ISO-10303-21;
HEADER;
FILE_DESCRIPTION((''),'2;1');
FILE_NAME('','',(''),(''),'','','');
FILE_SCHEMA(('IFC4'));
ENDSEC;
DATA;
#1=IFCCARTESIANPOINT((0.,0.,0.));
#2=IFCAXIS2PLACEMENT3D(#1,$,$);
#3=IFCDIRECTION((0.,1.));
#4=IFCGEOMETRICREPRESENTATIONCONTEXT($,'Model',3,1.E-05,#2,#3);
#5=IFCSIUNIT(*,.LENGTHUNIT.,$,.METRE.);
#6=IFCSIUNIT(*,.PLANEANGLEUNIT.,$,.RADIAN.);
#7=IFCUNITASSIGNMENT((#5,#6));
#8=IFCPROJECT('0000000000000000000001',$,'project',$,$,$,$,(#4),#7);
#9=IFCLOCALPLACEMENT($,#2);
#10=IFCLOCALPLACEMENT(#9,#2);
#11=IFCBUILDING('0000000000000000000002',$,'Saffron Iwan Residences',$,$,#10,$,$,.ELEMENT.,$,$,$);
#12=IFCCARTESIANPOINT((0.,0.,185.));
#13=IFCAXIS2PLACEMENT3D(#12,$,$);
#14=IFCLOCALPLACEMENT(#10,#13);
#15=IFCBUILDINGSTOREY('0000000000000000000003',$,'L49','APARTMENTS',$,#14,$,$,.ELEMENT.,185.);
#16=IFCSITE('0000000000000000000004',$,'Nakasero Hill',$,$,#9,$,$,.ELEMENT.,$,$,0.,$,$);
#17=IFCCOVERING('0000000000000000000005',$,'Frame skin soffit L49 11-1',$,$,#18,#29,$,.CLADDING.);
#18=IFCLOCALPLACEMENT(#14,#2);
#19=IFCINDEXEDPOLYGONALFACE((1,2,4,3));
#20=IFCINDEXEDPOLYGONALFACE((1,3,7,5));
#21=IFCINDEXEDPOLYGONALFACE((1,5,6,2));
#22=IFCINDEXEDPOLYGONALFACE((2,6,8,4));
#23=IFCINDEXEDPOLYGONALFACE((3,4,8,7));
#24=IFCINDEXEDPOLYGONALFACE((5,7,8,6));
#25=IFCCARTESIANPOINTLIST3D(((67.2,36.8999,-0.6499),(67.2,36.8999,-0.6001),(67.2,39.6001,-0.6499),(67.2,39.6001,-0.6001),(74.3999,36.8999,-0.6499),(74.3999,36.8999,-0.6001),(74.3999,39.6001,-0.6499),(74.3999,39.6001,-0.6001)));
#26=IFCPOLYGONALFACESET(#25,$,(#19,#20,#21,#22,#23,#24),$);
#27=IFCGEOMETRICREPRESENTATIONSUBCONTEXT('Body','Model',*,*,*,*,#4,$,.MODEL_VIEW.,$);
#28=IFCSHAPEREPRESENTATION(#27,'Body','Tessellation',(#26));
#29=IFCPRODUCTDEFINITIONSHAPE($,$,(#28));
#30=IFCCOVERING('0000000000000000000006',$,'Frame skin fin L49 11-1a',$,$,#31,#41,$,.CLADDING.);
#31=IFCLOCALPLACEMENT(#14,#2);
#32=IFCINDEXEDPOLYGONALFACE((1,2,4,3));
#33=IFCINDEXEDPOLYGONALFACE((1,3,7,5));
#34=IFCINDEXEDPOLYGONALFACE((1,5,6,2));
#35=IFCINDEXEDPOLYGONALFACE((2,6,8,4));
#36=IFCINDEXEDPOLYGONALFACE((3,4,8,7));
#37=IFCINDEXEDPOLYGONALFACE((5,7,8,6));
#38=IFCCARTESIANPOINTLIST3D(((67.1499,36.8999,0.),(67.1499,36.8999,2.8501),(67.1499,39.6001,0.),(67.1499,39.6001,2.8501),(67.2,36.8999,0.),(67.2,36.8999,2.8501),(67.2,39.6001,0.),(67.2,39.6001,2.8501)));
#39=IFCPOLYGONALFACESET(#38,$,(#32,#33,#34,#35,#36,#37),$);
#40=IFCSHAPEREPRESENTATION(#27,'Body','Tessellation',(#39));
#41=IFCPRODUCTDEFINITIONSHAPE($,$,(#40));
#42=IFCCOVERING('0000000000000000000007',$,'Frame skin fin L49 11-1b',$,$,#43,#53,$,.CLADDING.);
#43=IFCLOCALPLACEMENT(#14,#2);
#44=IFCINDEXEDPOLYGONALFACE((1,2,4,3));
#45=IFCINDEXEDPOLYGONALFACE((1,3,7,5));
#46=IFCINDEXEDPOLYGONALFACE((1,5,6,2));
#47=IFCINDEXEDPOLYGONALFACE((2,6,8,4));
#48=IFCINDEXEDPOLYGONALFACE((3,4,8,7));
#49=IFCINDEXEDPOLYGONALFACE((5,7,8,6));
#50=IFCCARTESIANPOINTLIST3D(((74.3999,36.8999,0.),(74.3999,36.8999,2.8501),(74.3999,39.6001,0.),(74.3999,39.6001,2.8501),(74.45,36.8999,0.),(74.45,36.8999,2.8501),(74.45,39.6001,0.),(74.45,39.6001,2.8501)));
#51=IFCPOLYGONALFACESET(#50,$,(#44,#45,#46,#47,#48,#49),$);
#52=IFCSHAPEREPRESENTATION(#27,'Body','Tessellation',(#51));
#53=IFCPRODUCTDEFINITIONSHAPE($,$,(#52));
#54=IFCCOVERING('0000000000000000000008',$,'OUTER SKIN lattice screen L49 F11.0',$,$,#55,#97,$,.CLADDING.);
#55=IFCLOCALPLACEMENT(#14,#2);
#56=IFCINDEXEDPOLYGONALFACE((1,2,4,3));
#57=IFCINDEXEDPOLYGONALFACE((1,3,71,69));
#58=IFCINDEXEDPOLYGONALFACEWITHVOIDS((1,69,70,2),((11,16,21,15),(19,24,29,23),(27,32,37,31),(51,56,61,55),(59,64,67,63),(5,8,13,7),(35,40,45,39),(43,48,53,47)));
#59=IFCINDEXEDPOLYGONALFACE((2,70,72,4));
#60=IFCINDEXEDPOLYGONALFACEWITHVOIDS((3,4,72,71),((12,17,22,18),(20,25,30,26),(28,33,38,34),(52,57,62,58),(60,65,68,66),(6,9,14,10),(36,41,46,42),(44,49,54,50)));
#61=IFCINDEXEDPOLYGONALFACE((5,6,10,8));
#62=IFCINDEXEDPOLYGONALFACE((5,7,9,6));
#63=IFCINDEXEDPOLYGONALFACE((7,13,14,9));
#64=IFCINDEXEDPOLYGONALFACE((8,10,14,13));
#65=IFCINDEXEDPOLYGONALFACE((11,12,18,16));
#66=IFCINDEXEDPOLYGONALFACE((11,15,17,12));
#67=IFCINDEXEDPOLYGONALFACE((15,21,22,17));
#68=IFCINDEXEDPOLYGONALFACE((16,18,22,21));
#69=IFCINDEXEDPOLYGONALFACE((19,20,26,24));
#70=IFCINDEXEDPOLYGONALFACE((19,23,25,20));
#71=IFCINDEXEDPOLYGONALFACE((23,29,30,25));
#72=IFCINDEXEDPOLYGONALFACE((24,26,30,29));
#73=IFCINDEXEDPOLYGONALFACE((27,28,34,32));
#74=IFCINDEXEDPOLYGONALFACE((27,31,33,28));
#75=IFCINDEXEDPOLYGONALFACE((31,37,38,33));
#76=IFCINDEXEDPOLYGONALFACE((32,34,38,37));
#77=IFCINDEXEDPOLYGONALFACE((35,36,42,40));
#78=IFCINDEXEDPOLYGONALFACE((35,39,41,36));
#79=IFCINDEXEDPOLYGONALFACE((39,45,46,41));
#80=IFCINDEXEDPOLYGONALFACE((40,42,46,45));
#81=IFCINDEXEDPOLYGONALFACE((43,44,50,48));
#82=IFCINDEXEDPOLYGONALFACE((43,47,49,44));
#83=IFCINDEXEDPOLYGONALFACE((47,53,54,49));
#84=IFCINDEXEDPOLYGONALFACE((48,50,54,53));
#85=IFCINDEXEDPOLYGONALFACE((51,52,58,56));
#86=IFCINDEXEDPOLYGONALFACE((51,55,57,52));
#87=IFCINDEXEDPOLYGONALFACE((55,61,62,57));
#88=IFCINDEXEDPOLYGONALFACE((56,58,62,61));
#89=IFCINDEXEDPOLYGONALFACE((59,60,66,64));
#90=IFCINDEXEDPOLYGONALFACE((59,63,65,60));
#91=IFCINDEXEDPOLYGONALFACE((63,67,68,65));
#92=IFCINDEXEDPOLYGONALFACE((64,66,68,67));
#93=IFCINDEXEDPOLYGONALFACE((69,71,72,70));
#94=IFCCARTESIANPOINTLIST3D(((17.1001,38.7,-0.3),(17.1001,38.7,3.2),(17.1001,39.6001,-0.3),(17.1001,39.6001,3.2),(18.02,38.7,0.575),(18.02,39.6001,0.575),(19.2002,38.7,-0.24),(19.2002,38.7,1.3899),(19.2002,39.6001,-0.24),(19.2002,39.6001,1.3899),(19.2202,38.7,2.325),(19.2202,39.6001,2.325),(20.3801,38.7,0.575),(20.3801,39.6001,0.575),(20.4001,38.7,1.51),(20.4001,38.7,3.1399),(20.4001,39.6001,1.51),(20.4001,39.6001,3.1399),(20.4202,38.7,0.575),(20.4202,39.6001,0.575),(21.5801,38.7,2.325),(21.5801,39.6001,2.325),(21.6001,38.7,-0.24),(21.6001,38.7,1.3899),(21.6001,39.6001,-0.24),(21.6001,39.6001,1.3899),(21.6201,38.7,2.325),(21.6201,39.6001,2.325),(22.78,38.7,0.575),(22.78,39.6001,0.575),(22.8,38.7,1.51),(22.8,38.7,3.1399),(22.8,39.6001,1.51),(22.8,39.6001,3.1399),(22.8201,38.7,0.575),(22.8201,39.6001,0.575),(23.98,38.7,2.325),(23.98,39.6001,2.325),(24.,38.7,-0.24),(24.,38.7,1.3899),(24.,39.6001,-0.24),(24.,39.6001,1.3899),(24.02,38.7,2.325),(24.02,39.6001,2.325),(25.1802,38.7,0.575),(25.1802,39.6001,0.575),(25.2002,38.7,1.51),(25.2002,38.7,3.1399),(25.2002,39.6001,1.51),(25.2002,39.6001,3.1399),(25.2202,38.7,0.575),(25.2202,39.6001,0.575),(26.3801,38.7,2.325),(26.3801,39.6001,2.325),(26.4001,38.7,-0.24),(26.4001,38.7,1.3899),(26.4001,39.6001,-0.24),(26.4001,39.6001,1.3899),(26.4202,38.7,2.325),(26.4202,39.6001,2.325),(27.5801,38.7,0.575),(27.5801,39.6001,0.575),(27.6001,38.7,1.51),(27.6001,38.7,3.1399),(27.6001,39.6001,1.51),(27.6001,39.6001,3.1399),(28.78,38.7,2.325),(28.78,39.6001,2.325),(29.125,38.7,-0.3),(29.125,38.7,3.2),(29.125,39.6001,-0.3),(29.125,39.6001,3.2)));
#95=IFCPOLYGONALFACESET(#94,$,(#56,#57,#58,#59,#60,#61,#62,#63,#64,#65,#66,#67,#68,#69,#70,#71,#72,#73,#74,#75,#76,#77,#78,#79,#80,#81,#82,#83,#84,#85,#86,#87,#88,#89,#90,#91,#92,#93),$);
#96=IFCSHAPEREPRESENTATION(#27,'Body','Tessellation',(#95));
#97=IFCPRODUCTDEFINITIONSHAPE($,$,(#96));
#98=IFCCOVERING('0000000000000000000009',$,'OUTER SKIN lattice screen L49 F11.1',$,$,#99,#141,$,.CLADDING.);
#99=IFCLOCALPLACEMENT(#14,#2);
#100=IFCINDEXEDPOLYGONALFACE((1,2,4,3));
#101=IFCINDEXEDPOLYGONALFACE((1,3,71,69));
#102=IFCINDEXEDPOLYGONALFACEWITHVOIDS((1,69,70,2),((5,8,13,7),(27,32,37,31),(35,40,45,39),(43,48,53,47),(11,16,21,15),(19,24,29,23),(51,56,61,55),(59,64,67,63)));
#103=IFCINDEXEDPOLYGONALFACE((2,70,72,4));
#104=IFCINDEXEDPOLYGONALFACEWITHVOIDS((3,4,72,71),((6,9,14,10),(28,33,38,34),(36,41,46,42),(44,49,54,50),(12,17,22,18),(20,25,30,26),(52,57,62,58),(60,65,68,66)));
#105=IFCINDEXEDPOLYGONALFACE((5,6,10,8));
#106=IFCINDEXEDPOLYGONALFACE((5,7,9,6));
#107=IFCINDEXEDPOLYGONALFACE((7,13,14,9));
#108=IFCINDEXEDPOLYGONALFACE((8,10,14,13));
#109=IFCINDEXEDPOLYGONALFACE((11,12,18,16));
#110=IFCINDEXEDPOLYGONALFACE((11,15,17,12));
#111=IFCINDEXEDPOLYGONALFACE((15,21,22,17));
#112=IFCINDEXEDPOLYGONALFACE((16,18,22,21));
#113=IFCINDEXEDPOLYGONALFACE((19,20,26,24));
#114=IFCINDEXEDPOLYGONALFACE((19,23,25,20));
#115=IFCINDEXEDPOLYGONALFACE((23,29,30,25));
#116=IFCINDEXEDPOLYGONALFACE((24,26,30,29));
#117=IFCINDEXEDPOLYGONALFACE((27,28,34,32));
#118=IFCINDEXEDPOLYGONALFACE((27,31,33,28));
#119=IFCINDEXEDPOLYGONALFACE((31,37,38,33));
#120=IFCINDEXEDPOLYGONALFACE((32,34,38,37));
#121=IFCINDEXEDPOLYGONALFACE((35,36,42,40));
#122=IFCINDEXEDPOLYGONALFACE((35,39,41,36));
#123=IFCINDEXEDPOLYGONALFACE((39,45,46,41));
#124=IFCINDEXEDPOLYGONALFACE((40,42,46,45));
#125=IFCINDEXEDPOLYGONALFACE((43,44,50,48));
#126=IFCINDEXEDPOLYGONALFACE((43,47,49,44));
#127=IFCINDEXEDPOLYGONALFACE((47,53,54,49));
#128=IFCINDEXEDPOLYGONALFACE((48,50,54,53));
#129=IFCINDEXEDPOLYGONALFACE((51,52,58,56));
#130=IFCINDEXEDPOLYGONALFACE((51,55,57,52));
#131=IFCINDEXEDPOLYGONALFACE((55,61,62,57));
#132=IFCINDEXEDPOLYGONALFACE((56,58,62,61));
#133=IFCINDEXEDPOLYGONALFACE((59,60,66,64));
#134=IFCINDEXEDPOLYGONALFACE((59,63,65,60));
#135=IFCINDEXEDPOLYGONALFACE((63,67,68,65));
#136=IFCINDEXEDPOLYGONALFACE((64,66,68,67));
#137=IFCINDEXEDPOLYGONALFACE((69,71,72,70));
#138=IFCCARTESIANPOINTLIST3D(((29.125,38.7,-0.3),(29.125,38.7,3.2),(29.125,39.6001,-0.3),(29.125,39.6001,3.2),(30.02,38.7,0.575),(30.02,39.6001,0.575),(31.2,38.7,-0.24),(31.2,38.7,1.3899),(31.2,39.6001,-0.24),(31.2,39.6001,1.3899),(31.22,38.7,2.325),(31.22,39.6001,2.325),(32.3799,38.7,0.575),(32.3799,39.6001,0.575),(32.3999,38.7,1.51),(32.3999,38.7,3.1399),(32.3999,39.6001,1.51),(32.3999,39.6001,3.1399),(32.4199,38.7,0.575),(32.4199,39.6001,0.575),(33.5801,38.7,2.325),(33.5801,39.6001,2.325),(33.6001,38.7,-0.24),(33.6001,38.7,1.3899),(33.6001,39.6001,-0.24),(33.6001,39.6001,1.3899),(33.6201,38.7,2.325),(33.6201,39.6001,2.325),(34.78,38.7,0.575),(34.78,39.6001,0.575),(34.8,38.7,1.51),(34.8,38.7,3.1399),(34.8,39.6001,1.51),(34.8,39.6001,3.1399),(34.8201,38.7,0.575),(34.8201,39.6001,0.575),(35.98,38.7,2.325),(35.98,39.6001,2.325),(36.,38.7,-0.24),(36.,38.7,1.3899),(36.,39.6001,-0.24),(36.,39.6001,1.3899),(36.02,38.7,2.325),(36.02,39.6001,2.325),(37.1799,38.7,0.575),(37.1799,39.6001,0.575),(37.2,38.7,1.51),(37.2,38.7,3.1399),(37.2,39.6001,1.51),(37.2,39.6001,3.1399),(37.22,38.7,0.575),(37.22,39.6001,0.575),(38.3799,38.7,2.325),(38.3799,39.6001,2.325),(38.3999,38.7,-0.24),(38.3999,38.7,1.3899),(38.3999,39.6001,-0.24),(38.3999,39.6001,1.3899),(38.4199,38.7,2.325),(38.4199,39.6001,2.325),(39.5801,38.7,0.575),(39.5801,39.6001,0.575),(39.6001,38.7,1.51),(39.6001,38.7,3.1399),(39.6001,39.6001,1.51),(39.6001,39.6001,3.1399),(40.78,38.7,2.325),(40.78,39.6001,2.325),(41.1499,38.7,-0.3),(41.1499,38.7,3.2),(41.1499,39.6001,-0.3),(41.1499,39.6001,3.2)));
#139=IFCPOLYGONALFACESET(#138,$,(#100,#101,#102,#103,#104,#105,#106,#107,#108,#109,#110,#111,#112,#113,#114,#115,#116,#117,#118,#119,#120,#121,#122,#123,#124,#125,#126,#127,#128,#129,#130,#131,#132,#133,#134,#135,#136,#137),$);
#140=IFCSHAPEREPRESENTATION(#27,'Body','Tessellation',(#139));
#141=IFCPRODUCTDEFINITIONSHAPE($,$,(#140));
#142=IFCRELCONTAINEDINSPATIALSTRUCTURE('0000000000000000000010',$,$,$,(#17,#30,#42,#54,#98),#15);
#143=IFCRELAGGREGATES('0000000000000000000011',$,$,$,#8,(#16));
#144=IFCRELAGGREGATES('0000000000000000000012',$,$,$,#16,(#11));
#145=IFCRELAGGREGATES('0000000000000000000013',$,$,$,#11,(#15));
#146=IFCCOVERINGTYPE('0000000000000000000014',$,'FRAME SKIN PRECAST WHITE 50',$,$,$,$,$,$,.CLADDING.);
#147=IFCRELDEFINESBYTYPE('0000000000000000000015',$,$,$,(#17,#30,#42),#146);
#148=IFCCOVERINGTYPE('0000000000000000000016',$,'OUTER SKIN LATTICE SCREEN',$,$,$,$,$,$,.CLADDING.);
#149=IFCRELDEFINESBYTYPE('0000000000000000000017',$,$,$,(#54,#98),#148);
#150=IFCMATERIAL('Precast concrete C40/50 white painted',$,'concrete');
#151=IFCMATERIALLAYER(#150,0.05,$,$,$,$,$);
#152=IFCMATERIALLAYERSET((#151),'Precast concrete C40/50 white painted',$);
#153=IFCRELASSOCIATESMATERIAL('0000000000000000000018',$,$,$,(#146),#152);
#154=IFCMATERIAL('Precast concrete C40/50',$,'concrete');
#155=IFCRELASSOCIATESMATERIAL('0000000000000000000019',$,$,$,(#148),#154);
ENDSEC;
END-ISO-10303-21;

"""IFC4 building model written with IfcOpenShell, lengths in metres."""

from ifc_helpers import new_model, si_unit, direction, frame, origin, place, context, subcontext, project, spatial, polyline, outline, extrude, material, layer, layer_set, type_object, element, save


model = new_model("IFC4")

# Units and contexts
model_context = context("Model", 3, precision=1e-05, world=origin(), true_north=direction((0.0, 1.0)))
body_context = subcontext(model_context, "Body", "Model", "MODEL_VIEW")
ifc_project = project(units=[si_unit("LENGTHUNIT", "METRE"), si_unit("PLANEANGLEUNIT", "RADIAN")], contexts=[model_context])

# Site, building, storey
site_placement = place(None, origin())
site = spatial("IfcSite", under=ifc_project, at=site_placement, Name="Nakasero Hill", CompositionType="ELEMENT", RefElevation=0.0)
building_placement = place(site_placement, origin())
building = spatial("IfcBuilding", under=site, at=building_placement, Name="Saffron Iwan Residences", CompositionType="ELEMENT")
storey_placement = place(building_placement, frame((0.0, 0.0, 185.0)))
storey = spatial("IfcBuildingStorey", under=building, at=storey_placement, Name="L49", Description="APARTMENTS", CompositionType="ELEMENT", Elevation=185.0)

# Coverings
ifc_material_1 = material(Name="Precast concrete C40/50 white painted", Category="concrete")
ifc_layer_1 = layer(ifc_material_1, 0.05)
ifc_layer_set_1 = layer_set([ifc_layer_1], Name="Precast concrete C40/50 white painted")
covering_type_1 = type_object("IfcCoveringType", Name="FRAME SKIN PRECAST WHITE 50", PredefinedType="CLADDING", material=ifc_layer_set_1)
covering_1_placement = place(storey_placement, frame((0.0, 0.0, -0.6499)))
element("IfcCovering", 1, at=covering_1_placement, inside=storey, type_object=covering_type_1, Name="Frame skin soffit L49 11-1", PredefinedType="CLADDING", context=body_context, shape_type="SweptSolid", body=[
    extrude(outline(polyline([(67.2, 36.8999), (74.3999, 36.8999), (74.3999, 39.6001), (67.2, 39.6001), (67.2, 36.8999)])), origin(), (0.0, 0.0, 1.0), 0.0498),
])
covering_2_placement = place(storey_placement, origin())
element("IfcCovering", 2, at=covering_2_placement, inside=storey, type_object=covering_type_1, Name="Frame skin fin L49 11-1a", PredefinedType="CLADDING", context=body_context, shape_type="SweptSolid", body=[
    extrude(outline(polyline([(67.1499, 36.8999), (67.2, 36.8999), (67.2, 39.6001), (67.1499, 39.6001), (67.1499, 36.8999)])), origin(), (0.0, 0.0, 1.0), 2.8501),
])
covering_3_placement = place(storey_placement, origin())
element("IfcCovering", 3, at=covering_3_placement, inside=storey, type_object=covering_type_1, Name="Frame skin fin L49 11-1b", PredefinedType="CLADDING", context=body_context, shape_type="SweptSolid", body=[
    extrude(outline(polyline([(74.3999, 36.8999), (74.45, 36.8999), (74.45, 39.6001), (74.3999, 39.6001), (74.3999, 36.8999)])), origin(), (0.0, 0.0, 1.0), 2.8501),
])
ifc_material_2 = material(Name="Precast concrete C40/50", Category="concrete")
covering_type_2 = type_object("IfcCoveringType", Name="OUTER SKIN LATTICE SCREEN", PredefinedType="CLADDING", material=ifc_material_2)
covering_4_placement = place(storey_placement, frame((17.1001, 39.6001, -0.3), z_axis=(0.0, -1.0, 0.0), x_axis=(1.0, 0.0, 0.0)))
element("IfcCovering", 4, at=covering_4_placement, inside=storey, type_object=covering_type_2, Name="OUTER SKIN lattice screen L49 F11.0", PredefinedType="CLADDING", context=body_context, shape_type="SweptSolid", body=[
    extrude(outline(polyline([(0.0, 0.0), (12.0249, 0.0), (12.0249, 3.5), (0.0, 3.5), (0.0, 0.0)]), holes=[polyline([(0.9199, 0.875), (2.1001, 0.0601), (3.28, 0.875), (2.1001, 1.6899), (0.9199, 0.875)]), polyline([(3.3201, 0.875), (4.5, 0.0601), (5.6799, 0.875), (4.5, 1.6899), (3.3201, 0.875)]), polyline([(5.72, 0.875), (6.8999, 0.0601), (8.0801, 0.875), (6.8999, 1.6899), (5.72, 0.875)]), polyline([(8.1201, 0.875), (9.3, 0.0601), (10.48, 0.875), (9.3, 1.6899), (8.1201, 0.875)]), polyline([(2.1201, 2.625), (3.3, 1.8101), (4.48, 2.625), (3.3, 3.4399), (2.1201, 2.625)]), polyline([(4.52, 2.625), (5.7, 1.8101), (6.8799, 2.625), (5.7, 3.4399), (4.52, 2.625)]), polyline([(6.9199, 2.625), (8.1001, 1.8101), (9.28, 2.625), (8.1001, 3.4399), (6.9199, 2.625)]), polyline([(9.3201, 2.625), (10.5, 1.8101), (11.6799, 2.625), (10.5, 3.4399), (9.3201, 2.625)])]), origin(), (0.0, 0.0, 1.0), 0.9001),
])
covering_5_placement = place(storey_placement, frame((29.125, 39.6001, -0.3), z_axis=(0.0, -1.0, 0.0), x_axis=(1.0, 0.0, 0.0)))
element("IfcCovering", 5, at=covering_5_placement, inside=storey, type_object=covering_type_2, Name="OUTER SKIN lattice screen L49 F11.1", PredefinedType="CLADDING", context=body_context, shape_type="SweptSolid", body=[
    extrude(outline(polyline([(0.0, 0.0), (12.0249, 0.0), (12.0249, 3.5), (0.0, 3.5), (0.0, 0.0)]), holes=[polyline([(0.895, 0.875), (2.075, 0.0601), (3.2549, 0.875), (2.075, 1.6899), (0.895, 0.875)]), polyline([(3.2949, 0.875), (4.4751, 0.0601), (5.655, 0.875), (4.4751, 1.6899), (3.2949, 0.875)]), polyline([(5.6951, 0.875), (6.875, 0.0601), (8.0549, 0.875), (6.875, 1.6899), (5.6951, 0.875)]), polyline([(8.095, 0.875), (9.2749, 0.0601), (10.4551, 0.875), (9.2749, 1.6899), (8.095, 0.875)]), polyline([(2.095, 2.625), (3.2749, 1.8101), (4.4551, 2.625), (3.2749, 3.4399), (2.095, 2.625)]), polyline([(4.4951, 2.625), (5.675, 1.8101), (6.855, 2.625), (5.675, 3.4399), (4.4951, 2.625)]), polyline([(6.895, 2.625), (8.075, 1.8101), (9.2549, 2.625), (8.075, 3.4399), (6.895, 2.625)]), polyline([(9.2949, 2.625), (10.4751, 1.8101), (11.655, 2.625), (10.4751, 3.4399), (9.2949, 2.625)])]), origin(), (0.0, 0.0, 1.0), 0.9001),
])

save(model, "model.ifc")
